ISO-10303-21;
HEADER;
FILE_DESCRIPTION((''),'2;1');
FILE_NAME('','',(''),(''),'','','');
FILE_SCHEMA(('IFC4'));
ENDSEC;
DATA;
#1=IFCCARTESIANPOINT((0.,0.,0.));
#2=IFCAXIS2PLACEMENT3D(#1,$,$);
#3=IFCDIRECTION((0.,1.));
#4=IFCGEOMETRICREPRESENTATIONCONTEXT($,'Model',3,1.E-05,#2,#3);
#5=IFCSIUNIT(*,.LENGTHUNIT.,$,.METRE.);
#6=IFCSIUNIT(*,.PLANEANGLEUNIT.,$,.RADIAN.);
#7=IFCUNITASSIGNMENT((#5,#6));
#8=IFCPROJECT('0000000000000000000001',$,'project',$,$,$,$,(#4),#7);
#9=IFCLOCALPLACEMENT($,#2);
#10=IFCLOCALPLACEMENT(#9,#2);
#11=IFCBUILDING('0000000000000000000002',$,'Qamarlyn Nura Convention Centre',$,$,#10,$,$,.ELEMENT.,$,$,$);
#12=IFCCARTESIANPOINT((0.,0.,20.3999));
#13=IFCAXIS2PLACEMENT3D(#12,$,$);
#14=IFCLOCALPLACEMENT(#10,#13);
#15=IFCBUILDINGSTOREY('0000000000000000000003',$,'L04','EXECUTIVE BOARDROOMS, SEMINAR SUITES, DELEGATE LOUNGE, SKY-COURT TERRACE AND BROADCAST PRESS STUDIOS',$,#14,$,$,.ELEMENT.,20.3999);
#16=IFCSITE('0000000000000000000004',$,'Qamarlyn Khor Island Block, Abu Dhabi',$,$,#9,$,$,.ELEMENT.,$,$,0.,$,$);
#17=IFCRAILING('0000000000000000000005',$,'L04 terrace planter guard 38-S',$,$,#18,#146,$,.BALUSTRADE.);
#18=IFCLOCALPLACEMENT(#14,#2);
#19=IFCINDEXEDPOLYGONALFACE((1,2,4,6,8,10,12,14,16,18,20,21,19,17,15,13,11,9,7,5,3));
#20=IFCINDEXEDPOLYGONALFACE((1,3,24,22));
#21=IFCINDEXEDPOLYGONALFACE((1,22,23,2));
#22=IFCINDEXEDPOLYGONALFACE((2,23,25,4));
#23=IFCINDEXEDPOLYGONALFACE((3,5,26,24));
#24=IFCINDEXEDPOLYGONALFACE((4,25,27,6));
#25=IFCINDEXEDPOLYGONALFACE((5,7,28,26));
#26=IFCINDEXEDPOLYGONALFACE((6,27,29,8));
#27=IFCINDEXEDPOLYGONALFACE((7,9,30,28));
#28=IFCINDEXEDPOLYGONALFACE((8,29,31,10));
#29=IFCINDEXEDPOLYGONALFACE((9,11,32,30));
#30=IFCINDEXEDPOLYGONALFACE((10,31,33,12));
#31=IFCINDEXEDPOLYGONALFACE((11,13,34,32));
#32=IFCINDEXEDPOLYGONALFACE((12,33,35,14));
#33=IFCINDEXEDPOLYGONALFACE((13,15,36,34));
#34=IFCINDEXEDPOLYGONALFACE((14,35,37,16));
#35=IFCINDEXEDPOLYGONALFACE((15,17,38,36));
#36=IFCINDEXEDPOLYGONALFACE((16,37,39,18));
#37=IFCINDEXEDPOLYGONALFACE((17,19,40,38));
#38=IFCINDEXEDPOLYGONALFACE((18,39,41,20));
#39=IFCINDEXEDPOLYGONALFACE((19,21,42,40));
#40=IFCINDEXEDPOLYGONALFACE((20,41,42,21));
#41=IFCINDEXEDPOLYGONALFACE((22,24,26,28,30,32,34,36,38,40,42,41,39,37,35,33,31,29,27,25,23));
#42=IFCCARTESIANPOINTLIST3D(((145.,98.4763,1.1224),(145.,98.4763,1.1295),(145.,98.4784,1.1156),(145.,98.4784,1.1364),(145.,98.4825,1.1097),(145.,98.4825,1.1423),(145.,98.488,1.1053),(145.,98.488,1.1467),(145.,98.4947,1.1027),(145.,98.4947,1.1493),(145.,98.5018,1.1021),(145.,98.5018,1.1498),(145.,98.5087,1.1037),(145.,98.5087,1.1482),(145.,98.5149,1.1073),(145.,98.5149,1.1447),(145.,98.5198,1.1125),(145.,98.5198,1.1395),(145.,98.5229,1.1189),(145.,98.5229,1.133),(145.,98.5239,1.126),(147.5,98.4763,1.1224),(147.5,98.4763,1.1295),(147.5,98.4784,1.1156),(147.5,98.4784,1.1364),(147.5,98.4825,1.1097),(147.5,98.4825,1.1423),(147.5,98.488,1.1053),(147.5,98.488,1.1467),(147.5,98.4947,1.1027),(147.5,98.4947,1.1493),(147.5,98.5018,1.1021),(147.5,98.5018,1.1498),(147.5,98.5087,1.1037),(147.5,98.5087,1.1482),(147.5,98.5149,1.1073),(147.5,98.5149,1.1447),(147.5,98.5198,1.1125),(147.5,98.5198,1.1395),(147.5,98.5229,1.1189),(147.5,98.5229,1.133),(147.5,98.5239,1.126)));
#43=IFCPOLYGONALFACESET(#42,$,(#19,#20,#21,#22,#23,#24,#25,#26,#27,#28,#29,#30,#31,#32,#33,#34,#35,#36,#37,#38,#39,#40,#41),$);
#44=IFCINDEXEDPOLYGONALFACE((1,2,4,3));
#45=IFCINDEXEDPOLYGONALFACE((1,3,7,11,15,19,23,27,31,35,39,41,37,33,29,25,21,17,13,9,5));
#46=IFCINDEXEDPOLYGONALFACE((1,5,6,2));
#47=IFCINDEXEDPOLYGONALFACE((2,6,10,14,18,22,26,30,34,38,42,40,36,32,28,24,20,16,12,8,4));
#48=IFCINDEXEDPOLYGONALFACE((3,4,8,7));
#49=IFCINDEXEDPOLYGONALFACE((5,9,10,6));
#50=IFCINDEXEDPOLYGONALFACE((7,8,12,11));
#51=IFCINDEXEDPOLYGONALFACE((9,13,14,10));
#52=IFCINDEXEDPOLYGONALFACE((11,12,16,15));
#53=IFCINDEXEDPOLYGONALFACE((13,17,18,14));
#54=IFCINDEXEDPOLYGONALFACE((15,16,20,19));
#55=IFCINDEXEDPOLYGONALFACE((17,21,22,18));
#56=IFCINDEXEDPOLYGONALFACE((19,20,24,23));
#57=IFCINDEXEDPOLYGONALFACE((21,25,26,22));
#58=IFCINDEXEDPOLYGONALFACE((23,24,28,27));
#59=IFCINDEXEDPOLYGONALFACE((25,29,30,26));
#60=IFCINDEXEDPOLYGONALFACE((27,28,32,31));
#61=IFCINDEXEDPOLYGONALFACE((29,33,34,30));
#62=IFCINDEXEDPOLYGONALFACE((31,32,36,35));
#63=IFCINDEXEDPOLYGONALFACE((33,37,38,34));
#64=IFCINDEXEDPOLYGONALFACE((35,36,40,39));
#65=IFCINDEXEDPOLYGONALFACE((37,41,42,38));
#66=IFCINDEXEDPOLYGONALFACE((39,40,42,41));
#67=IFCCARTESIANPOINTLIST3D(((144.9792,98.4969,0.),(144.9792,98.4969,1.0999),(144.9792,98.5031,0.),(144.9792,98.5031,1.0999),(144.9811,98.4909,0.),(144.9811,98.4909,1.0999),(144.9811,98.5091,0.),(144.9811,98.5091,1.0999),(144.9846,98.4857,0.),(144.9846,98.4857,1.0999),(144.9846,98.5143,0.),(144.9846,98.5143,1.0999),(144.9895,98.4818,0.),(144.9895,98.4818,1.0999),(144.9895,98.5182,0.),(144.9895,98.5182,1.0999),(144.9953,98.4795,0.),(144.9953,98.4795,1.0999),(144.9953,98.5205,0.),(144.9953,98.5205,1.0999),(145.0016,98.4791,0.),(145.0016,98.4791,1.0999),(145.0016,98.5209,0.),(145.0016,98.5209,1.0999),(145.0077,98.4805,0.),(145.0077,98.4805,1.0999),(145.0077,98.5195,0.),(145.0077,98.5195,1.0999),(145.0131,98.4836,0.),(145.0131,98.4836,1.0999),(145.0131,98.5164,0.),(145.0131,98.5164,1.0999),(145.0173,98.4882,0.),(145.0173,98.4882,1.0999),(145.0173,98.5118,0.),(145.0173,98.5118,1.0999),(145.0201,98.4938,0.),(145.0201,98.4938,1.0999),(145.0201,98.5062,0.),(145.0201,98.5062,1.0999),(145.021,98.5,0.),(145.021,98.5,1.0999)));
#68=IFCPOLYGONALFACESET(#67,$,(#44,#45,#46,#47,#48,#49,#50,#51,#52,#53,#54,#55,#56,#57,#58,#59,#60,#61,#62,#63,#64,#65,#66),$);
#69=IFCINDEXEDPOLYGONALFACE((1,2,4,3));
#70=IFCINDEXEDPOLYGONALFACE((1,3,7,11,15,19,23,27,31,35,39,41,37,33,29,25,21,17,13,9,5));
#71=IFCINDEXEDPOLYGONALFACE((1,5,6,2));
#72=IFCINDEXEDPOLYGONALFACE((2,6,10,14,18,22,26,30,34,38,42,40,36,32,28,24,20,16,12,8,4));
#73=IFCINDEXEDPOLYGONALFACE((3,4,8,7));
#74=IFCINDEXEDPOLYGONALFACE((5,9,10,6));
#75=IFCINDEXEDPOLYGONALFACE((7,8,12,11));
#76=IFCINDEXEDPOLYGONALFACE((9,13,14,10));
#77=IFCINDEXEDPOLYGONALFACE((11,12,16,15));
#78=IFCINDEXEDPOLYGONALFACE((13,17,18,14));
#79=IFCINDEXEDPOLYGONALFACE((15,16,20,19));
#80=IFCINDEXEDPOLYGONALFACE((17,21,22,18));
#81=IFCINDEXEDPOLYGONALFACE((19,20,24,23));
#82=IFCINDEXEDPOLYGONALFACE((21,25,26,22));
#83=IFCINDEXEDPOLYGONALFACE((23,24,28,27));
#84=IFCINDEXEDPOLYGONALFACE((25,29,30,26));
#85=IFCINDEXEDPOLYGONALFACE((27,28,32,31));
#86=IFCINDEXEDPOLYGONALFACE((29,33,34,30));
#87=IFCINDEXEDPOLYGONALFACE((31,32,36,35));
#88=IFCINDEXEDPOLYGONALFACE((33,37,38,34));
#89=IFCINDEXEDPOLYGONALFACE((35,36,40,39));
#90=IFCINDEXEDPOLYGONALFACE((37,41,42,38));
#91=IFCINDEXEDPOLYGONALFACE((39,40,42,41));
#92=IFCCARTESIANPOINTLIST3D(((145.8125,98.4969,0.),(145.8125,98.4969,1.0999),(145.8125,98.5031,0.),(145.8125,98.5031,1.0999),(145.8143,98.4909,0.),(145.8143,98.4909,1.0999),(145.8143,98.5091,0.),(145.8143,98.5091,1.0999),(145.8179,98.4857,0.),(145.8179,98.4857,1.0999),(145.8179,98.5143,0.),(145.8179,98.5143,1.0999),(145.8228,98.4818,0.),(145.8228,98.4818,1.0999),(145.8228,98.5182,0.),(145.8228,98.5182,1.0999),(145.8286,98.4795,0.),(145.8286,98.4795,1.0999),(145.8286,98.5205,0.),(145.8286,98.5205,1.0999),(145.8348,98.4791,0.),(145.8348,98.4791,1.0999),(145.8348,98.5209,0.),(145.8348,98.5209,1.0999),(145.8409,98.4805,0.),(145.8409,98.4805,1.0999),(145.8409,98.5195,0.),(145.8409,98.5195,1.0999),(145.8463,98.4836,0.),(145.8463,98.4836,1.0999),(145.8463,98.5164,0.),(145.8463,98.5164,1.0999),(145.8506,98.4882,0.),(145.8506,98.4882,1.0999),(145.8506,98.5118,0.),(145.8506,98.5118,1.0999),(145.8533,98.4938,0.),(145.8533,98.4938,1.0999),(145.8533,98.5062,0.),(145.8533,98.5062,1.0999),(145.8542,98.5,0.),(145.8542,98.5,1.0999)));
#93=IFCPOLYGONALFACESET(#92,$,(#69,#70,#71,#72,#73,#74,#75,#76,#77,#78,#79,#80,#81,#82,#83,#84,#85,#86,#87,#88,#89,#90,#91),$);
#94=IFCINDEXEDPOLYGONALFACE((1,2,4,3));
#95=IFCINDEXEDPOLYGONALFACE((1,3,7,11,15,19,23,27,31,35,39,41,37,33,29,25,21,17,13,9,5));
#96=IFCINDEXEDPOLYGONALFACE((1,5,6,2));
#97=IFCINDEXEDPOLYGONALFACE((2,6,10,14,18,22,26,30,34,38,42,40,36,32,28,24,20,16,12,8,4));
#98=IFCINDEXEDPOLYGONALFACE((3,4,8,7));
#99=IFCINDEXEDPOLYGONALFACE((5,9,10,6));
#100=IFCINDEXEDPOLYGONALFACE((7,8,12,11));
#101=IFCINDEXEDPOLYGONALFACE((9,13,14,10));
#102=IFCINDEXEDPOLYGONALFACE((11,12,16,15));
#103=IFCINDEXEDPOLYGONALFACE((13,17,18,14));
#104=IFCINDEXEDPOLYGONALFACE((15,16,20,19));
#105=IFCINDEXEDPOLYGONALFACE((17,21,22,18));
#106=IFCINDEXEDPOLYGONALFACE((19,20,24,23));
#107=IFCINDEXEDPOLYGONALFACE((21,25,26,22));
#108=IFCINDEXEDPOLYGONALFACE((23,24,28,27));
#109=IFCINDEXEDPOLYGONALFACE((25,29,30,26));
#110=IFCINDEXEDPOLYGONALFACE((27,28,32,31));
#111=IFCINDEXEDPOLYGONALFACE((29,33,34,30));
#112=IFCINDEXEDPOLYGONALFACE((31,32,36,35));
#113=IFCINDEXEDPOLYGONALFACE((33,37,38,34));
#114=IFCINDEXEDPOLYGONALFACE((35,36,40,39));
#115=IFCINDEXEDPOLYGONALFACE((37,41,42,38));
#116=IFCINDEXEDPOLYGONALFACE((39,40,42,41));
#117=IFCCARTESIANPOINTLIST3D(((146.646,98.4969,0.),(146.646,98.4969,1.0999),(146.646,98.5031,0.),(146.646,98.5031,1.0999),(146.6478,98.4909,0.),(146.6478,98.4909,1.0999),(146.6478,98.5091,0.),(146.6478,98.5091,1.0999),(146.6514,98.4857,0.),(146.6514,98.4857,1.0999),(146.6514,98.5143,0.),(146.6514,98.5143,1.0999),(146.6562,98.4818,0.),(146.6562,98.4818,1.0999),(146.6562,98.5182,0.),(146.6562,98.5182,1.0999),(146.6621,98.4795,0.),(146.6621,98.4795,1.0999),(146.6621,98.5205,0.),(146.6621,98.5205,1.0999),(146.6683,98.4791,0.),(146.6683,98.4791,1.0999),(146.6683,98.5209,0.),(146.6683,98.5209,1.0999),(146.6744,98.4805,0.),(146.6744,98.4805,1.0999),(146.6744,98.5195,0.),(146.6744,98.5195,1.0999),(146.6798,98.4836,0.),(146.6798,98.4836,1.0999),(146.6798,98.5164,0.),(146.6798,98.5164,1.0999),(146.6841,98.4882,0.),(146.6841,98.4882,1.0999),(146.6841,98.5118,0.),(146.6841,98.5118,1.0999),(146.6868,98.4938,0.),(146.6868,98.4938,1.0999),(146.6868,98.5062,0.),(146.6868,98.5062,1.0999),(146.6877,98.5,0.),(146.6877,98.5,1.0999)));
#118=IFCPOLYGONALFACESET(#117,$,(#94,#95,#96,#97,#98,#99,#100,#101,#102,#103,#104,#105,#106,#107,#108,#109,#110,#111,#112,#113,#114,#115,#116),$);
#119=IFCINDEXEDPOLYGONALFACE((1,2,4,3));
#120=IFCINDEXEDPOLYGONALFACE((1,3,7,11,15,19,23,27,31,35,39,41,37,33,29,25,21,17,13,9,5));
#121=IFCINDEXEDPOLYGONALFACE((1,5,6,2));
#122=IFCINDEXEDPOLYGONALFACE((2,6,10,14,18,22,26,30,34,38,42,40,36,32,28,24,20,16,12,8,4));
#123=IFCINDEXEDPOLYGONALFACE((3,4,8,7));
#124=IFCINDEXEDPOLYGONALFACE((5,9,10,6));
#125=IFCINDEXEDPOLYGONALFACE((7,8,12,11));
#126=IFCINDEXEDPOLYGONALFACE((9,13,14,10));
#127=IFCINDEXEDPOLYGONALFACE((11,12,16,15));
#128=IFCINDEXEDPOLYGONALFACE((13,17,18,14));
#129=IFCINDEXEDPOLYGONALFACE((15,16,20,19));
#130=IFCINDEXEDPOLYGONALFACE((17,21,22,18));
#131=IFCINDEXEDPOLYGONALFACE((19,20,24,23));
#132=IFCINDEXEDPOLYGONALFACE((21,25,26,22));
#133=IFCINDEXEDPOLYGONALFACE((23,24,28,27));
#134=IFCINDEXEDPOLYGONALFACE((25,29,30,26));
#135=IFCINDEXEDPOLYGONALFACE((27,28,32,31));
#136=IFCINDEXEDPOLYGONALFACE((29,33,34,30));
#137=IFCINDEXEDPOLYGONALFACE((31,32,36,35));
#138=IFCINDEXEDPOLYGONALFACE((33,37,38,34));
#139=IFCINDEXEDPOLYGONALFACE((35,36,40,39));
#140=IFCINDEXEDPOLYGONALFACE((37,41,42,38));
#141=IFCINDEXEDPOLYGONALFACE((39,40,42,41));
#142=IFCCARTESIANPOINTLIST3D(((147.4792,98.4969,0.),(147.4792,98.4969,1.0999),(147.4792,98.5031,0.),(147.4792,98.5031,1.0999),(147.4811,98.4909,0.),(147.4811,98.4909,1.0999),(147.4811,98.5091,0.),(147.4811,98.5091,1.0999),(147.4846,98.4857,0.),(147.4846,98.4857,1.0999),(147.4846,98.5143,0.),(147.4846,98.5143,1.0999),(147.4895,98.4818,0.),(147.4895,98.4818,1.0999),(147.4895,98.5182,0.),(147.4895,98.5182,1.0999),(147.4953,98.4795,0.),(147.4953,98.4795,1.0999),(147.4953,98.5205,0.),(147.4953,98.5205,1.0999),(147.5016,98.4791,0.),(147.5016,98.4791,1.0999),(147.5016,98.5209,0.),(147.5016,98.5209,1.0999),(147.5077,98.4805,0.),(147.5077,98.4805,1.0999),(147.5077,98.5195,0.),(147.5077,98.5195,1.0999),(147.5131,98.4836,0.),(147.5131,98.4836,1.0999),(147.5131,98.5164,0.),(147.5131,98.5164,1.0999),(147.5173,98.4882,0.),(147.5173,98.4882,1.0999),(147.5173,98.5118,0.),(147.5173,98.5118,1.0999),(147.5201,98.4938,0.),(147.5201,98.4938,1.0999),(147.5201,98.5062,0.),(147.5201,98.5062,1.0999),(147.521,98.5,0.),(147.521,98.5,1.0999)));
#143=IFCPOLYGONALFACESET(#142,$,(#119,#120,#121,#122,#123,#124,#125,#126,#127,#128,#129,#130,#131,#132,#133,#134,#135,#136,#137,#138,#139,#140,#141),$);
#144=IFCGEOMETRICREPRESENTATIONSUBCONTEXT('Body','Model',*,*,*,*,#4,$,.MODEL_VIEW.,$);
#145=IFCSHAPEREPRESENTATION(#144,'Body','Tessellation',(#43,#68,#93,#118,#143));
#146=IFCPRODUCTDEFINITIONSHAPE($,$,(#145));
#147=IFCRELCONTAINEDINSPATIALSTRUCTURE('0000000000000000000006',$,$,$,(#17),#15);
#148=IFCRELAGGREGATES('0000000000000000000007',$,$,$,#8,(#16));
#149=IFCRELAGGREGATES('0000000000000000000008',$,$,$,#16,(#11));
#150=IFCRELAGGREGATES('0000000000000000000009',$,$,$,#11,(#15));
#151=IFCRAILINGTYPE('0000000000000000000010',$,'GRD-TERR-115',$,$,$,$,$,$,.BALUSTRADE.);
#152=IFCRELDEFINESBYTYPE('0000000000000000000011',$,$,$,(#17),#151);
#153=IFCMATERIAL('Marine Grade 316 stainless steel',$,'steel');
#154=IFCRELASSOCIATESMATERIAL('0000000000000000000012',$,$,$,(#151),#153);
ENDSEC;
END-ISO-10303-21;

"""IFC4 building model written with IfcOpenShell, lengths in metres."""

from ifc_helpers import new_model, si_unit, direction, frame, origin, origin_2d, place, context, subcontext, project, spatial, circle, extrude, material, type_object, element, save


model = new_model("IFC4")

# Units and contexts
model_context = context("Model", 3, precision=1e-05, world=origin(), true_north=direction((0.0, 1.0)))
body_context = subcontext(model_context, "Body", "Model", "MODEL_VIEW")
ifc_project = project(units=[si_unit("LENGTHUNIT", "METRE"), si_unit("PLANEANGLEUNIT", "RADIAN")], contexts=[model_context])

# Site, building, storey
site_placement = place(None, origin())
site = spatial("IfcSite", under=ifc_project, at=site_placement, Name="Qamarlyn Khor Island Block, Abu Dhabi", CompositionType="ELEMENT", RefElevation=0.0)
building_placement = place(site_placement, origin())
building = spatial("IfcBuilding", under=site, at=building_placement, Name="Qamarlyn Nura Convention Centre", CompositionType="ELEMENT")
storey_placement = place(building_placement, frame((0.0, 0.0, 20.3999)))
storey = spatial("IfcBuildingStorey", under=building, at=storey_placement, Name="L04", Description="EXECUTIVE BOARDROOMS, SEMINAR SUITES, DELEGATE LOUNGE, SKY-COURT TERRACE AND BROADCAST PRESS STUDIOS", CompositionType="ELEMENT", Elevation=20.3999)

# Railing
ifc_material_1 = material(Name="Marine Grade 316 stainless steel", Category="steel")
railing_type_1 = type_object("IfcRailingType", Name="GRD-TERR-115", PredefinedType="BALUSTRADE", material=ifc_material_1)
railing_1_placement = place(storey_placement, frame((145.0, 98.5, 0.0)))
element("IfcRailing", 1, at=railing_1_placement, inside=storey, type_object=railing_type_1, Name="L04 terrace planter guard 38-S", PredefinedType="BALUSTRADE", context=body_context, shape_type="SweptSolid", body=[
    extrude(circle(Radius=0.0239, at=origin_2d()), frame((0.0, 0.0, 1.126), z_axis=(1.0, 0.0, 0.0), x_axis=(0.0, 1.0, 0.0)), (0.0, 0.0, 1.0), 2.5),
    extrude(circle(Radius=0.021, at=origin_2d()), origin(), (0.0, 0.0, 1.0), 1.0999),
    extrude(circle(Radius=0.021, at=origin_2d()), frame((0.8333, 0.0, 0.0)), (0.0, 0.0, 1.0), 1.0999),
    extrude(circle(Radius=0.021, at=origin_2d()), frame((1.6667, 0.0, 0.0)), (0.0, 0.0, 1.0), 1.0999),
    extrude(circle(Radius=0.021, at=origin_2d()), frame((2.5, 0.0, 0.0)), (0.0, 0.0, 1.0), 1.0999),
])

save(model, "model.ifc")
